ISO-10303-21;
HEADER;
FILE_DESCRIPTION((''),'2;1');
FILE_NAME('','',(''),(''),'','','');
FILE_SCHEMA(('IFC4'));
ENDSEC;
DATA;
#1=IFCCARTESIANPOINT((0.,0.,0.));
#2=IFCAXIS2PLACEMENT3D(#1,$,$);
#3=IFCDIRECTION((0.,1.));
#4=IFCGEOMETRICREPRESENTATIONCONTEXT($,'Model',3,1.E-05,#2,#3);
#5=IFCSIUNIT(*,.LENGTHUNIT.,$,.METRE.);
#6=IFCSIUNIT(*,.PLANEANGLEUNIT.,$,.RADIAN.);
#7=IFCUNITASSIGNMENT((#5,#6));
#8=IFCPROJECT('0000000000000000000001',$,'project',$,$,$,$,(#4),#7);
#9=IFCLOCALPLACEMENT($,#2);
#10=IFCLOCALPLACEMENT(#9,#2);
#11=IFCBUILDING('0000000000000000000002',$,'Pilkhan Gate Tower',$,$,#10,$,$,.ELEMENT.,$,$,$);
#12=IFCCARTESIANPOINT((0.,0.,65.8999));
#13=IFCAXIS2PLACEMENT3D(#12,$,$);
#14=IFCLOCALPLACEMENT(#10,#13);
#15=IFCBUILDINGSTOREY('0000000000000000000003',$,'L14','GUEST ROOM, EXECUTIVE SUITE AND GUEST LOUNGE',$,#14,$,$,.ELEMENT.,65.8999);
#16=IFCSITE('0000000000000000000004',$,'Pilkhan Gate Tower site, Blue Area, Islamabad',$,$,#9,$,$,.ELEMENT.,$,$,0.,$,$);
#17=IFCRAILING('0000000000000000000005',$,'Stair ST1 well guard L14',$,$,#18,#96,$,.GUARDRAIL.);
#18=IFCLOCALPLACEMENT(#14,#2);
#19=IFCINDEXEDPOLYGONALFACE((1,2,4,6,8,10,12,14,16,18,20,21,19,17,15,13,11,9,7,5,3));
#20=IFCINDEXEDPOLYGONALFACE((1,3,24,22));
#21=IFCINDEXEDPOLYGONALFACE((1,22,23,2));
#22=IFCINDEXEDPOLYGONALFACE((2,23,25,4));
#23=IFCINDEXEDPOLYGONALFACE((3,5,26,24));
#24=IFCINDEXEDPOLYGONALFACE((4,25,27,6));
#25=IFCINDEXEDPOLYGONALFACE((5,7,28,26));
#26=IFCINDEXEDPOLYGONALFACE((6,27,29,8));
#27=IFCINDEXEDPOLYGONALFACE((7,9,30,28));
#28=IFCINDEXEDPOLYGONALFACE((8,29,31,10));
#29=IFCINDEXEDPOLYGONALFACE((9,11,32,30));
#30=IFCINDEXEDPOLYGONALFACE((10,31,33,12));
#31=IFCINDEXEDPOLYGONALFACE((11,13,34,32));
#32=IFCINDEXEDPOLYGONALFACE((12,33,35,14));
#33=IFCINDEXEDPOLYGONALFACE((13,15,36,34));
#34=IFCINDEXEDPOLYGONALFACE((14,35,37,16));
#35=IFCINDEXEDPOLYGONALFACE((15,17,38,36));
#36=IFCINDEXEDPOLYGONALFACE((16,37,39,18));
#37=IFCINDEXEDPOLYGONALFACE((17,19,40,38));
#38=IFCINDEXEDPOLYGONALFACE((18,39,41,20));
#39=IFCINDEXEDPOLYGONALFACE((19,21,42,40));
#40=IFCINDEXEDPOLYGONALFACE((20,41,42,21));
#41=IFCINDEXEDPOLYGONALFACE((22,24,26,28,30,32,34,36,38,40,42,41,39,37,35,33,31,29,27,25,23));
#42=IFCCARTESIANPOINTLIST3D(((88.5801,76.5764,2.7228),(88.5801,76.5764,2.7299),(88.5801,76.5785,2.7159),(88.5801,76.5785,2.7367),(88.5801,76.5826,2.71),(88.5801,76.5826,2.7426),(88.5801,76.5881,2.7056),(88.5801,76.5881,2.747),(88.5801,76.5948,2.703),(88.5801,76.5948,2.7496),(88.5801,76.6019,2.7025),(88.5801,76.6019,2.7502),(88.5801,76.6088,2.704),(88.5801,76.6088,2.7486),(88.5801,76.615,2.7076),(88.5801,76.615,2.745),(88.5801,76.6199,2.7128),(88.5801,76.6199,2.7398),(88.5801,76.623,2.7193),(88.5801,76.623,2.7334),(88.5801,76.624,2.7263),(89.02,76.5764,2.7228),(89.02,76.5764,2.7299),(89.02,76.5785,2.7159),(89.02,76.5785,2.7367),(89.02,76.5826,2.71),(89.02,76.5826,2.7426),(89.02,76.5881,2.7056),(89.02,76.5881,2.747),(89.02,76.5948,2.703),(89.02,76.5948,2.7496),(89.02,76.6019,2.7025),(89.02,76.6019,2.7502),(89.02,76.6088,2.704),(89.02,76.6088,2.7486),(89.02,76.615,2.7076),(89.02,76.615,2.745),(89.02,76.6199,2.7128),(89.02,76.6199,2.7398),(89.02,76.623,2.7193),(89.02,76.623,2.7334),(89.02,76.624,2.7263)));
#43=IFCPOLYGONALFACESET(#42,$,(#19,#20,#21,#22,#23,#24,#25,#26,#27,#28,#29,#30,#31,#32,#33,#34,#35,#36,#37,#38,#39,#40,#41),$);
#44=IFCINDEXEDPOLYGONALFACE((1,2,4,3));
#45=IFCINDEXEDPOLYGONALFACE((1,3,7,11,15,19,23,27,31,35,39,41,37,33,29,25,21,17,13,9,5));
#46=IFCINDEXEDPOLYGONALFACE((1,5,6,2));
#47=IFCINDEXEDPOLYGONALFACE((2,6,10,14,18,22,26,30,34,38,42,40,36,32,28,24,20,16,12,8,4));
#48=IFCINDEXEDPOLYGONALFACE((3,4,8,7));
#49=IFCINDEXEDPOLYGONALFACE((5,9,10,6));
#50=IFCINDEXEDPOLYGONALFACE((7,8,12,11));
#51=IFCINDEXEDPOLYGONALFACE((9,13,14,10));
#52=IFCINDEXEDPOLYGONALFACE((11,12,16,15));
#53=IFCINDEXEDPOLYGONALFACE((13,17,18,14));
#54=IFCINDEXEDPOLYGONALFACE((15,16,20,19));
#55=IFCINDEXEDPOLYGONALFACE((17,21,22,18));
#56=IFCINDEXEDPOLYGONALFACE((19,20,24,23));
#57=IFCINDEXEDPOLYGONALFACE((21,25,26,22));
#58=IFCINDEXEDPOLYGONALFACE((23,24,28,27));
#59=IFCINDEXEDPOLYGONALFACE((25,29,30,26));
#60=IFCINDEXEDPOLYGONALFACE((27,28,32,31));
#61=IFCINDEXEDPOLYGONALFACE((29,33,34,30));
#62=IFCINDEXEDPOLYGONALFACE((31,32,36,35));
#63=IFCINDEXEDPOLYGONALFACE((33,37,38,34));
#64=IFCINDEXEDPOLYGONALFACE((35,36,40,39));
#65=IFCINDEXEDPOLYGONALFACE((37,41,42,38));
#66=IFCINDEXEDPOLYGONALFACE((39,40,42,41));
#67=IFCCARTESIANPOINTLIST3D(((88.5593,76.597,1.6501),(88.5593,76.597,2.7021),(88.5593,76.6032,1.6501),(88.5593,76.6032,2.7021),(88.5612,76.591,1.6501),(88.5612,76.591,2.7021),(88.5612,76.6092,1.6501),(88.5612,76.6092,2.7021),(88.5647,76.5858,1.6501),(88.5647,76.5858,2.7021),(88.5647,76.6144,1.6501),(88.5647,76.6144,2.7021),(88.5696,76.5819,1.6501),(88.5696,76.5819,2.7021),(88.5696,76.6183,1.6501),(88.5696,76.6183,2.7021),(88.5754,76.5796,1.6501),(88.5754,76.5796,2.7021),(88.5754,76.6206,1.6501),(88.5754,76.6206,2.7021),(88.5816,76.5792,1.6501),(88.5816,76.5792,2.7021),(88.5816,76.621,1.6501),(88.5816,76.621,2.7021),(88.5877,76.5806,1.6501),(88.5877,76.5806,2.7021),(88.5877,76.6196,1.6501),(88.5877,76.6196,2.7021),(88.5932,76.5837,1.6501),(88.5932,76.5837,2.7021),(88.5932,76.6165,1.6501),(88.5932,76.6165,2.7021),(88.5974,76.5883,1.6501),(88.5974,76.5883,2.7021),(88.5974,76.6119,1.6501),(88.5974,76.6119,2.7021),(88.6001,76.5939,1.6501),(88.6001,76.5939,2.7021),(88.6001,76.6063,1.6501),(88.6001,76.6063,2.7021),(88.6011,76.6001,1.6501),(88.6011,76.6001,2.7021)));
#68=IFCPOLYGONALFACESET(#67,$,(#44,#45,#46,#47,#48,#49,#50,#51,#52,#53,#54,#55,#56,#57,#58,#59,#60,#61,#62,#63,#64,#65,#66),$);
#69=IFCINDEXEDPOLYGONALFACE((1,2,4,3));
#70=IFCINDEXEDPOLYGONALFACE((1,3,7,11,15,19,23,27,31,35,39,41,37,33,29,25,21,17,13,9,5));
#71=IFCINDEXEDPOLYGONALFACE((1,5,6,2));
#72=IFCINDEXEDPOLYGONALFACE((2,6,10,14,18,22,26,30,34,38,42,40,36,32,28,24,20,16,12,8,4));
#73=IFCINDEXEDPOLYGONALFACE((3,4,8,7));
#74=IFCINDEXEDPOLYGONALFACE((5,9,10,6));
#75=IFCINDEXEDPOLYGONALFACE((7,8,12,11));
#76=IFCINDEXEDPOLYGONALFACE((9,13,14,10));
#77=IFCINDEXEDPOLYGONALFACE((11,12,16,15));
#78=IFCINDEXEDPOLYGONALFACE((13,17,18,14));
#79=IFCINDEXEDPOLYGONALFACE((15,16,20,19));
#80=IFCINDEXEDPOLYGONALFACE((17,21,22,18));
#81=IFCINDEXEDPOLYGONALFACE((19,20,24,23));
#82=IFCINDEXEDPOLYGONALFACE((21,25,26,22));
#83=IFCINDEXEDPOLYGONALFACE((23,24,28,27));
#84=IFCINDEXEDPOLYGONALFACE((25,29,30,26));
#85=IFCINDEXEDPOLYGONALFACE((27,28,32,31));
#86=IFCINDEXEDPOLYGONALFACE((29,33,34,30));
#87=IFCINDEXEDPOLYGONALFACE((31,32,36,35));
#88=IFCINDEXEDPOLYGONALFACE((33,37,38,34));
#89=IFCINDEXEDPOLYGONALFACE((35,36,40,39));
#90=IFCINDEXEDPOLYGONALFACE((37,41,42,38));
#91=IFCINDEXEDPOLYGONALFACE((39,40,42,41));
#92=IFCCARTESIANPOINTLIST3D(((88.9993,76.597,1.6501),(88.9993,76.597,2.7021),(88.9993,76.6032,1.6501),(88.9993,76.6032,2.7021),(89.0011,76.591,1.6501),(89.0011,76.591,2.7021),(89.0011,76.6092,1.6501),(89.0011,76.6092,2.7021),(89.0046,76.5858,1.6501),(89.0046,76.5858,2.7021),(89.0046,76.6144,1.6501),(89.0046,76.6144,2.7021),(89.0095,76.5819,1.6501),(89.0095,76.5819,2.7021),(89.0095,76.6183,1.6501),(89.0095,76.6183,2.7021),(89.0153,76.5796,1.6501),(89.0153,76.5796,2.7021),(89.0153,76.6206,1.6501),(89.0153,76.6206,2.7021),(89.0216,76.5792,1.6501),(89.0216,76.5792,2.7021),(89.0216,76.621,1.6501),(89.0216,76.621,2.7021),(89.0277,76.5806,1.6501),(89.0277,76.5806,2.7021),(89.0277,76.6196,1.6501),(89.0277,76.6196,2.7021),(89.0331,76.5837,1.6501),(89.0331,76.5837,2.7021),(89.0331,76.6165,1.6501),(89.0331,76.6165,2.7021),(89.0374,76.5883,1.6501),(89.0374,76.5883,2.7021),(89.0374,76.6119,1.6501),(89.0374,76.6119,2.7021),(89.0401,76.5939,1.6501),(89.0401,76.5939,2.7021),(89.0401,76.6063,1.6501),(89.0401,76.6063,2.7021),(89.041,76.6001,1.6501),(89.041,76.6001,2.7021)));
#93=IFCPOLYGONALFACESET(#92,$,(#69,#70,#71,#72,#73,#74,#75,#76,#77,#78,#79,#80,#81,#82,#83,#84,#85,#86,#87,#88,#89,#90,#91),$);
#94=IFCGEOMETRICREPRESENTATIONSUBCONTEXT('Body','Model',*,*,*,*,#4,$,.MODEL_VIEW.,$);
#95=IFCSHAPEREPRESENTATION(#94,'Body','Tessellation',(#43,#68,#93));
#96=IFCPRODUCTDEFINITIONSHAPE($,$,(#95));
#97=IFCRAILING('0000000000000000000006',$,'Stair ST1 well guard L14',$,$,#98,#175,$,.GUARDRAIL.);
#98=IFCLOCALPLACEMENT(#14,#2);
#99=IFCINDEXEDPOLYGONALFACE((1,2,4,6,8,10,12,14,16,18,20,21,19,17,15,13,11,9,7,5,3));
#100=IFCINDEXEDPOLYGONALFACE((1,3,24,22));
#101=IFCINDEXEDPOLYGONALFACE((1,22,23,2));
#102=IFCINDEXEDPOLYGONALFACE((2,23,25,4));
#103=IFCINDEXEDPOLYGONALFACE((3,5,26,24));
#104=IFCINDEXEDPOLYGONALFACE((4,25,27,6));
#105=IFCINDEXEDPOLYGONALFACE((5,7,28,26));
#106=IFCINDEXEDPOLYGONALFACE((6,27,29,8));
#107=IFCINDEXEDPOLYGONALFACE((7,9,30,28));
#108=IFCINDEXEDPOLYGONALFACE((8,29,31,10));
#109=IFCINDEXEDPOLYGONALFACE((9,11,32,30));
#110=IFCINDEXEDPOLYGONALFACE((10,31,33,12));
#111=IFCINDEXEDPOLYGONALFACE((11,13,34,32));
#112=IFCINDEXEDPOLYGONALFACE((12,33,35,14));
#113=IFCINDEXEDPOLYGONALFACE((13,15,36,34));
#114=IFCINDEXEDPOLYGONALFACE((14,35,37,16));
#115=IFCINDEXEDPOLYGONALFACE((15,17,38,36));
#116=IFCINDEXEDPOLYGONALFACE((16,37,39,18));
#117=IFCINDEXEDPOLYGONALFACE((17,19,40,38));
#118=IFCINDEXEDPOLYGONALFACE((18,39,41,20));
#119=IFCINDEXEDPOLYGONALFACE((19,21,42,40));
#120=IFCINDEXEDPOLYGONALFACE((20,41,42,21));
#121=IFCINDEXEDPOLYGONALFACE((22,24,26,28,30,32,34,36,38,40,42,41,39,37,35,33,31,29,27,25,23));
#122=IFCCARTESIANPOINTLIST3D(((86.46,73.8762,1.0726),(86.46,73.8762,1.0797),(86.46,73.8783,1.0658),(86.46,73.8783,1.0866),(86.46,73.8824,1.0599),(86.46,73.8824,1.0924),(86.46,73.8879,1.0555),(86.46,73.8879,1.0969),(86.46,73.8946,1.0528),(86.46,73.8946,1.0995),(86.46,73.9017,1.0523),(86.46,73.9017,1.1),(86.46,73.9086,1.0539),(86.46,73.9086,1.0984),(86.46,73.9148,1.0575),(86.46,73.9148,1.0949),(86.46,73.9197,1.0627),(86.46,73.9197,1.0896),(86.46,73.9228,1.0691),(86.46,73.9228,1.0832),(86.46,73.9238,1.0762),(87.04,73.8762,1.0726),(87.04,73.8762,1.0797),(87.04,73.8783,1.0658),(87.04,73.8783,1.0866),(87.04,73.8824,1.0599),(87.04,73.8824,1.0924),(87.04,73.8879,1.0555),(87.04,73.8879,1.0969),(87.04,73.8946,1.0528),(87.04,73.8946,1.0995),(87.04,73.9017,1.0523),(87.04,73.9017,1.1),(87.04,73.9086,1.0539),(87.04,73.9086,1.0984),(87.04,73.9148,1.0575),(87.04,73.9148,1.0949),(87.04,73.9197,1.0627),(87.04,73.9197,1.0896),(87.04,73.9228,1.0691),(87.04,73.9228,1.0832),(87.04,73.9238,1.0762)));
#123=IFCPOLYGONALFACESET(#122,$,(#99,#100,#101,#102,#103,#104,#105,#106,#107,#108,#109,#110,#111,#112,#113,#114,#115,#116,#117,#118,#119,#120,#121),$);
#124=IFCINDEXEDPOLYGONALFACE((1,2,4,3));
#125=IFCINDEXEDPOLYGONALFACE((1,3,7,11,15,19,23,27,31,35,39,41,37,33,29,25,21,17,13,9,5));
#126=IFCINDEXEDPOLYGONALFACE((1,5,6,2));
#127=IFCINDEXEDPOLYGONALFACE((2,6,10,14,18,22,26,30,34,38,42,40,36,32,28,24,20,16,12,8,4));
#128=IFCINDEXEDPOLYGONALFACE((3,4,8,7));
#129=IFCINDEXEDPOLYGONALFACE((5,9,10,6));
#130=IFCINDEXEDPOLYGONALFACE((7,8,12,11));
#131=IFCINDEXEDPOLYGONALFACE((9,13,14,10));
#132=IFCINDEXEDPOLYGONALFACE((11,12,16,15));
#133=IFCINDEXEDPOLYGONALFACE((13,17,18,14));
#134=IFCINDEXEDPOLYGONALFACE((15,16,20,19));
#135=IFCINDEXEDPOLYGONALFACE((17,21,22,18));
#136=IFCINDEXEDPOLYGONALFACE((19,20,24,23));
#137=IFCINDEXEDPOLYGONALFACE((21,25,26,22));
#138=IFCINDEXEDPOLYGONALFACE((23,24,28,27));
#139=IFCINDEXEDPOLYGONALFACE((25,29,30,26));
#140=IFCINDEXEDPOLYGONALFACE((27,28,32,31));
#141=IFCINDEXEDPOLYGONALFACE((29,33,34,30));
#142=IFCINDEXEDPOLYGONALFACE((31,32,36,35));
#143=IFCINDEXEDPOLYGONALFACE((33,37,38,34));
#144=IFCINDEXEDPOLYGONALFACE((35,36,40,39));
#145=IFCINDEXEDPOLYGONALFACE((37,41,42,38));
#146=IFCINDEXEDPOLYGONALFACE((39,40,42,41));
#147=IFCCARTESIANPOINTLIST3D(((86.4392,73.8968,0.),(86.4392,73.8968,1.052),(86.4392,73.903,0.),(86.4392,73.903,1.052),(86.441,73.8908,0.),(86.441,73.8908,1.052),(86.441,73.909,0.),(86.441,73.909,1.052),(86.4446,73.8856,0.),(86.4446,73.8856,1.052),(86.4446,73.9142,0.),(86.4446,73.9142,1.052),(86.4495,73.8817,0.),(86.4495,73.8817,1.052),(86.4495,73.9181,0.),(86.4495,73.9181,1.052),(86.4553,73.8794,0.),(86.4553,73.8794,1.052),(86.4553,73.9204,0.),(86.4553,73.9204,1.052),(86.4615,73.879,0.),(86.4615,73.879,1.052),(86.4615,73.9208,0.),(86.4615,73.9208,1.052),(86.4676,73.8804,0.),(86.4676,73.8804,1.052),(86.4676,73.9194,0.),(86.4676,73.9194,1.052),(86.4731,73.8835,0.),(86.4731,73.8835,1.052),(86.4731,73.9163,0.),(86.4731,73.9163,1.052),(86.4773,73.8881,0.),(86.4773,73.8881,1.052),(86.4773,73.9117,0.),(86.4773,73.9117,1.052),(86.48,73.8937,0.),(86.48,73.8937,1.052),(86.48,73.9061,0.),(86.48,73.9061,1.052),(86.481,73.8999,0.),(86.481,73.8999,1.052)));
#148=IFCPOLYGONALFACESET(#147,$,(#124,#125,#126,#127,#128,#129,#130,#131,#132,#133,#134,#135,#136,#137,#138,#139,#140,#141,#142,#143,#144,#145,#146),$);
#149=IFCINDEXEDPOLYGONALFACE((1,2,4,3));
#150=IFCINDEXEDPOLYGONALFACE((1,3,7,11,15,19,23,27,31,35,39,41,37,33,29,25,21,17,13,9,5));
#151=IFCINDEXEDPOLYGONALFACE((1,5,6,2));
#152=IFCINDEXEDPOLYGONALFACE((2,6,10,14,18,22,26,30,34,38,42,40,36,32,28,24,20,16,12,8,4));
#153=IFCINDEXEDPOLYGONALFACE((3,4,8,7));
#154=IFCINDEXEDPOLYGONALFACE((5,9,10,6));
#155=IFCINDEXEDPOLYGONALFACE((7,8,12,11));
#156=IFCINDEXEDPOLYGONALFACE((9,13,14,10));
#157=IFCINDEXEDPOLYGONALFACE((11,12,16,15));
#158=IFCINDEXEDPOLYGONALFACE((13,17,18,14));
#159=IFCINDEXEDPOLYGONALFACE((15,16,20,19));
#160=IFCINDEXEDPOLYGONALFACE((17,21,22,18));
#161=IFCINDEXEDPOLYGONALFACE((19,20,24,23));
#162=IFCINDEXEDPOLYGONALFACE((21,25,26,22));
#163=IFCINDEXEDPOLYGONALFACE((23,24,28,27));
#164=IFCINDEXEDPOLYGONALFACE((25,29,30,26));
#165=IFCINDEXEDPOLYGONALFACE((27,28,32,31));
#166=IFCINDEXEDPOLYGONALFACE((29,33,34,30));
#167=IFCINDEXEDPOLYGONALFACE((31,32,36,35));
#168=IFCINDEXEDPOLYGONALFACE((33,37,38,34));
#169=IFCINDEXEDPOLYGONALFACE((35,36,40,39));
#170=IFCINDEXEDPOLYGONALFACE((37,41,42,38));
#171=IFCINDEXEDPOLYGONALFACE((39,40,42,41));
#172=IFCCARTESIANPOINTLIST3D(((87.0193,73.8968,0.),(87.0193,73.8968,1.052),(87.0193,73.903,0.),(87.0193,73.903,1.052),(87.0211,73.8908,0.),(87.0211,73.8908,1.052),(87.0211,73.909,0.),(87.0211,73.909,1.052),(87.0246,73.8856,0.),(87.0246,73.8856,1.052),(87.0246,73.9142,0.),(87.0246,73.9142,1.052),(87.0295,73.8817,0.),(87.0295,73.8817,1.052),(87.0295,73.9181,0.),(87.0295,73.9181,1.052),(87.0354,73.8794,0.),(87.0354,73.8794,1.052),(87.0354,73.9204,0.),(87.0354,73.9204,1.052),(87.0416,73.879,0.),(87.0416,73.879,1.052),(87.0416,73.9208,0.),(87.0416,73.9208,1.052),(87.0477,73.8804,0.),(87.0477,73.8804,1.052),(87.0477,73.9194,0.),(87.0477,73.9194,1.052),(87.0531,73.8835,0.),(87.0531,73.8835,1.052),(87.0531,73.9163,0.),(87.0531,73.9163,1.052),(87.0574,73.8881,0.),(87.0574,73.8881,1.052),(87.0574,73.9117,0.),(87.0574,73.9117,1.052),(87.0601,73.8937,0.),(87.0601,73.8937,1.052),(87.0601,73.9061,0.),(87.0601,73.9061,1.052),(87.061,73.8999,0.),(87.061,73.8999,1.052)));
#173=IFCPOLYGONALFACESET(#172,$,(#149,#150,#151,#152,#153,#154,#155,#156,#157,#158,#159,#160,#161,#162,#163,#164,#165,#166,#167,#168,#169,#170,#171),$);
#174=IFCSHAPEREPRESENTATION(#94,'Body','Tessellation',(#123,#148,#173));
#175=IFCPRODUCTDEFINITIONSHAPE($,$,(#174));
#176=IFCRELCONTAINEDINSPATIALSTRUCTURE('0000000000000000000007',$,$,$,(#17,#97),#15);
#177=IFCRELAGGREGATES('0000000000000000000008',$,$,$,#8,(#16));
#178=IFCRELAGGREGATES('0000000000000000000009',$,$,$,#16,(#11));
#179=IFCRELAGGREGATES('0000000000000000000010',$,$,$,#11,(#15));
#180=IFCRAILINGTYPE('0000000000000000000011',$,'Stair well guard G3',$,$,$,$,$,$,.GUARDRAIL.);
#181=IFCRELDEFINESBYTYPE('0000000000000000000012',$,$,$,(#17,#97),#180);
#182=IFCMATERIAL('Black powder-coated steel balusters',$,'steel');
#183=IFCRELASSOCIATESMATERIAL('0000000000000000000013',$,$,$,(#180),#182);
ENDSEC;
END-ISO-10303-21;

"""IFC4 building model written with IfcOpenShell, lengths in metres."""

from ifc_helpers import new_model, si_unit, direction, frame, origin, origin_2d, place, context, subcontext, project, spatial, circle, extrude, material, type_object, element, save


model = new_model("IFC4")

# Units and contexts
model_context = context("Model", 3, precision=1e-05, world=origin(), true_north=direction((0.0, 1.0)))
body_context = subcontext(model_context, "Body", "Model", "MODEL_VIEW")
ifc_project = project(units=[si_unit("LENGTHUNIT", "METRE"), si_unit("PLANEANGLEUNIT", "RADIAN")], contexts=[model_context])

# Site, building, storey
site_placement = place(None, origin())
site = spatial("IfcSite", under=ifc_project, at=site_placement, Name="Pilkhan Gate Tower site, Blue Area, Islamabad", CompositionType="ELEMENT", RefElevation=0.0)
building_placement = place(site_placement, origin())
building = spatial("IfcBuilding", under=site, at=building_placement, Name="Pilkhan Gate Tower", CompositionType="ELEMENT")
storey_placement = place(building_placement, frame((0.0, 0.0, 65.8999)))
storey = spatial("IfcBuildingStorey", under=building, at=storey_placement, Name="L14", Description="GUEST ROOM, EXECUTIVE SUITE AND GUEST LOUNGE", CompositionType="ELEMENT", Elevation=65.8999)

# Railings
ifc_material_1 = material(Name="Black powder-coated steel balusters", Category="steel")
railing_type_1 = type_object("IfcRailingType", Name="Stair well guard G3", PredefinedType="GUARDRAIL", material=ifc_material_1)
railing_1_placement = place(storey_placement, frame((88.5801, 76.6001, 1.6501)))
element("IfcRailing", 1, at=railing_1_placement, inside=storey, type_object=railing_type_1, Name="Stair ST1 well guard L14", PredefinedType="GUARDRAIL", context=body_context, shape_type="SweptSolid", body=[
    extrude(circle(Radius=0.0239, at=origin_2d()), frame((0.0, 0.0, 1.0762), z_axis=(1.0, 0.0, 0.0), x_axis=(0.0, 1.0, 0.0)), (0.0, 0.0, 1.0), 0.4399),
    extrude(circle(Radius=0.021, at=origin_2d()), origin(), (0.0, 0.0, 1.0), 1.052),
    extrude(circle(Radius=0.021, at=origin_2d()), frame((0.4399, 0.0, 0.0)), (0.0, 0.0, 1.0), 1.052),
])
for number, where, name in (
    (2, (86.46, 73.8999, 0.0), "Stair ST1 well guard L14"),
):
    element("IfcRailing", number, at=place(storey_placement, frame(where)), inside=storey, type_object=railing_type_1, Name=name, PredefinedType="GUARDRAIL", context=body_context, shape_type="SweptSolid", body=[
        extrude(circle(Radius=0.0239, at=origin_2d()), frame((0.0, 0.0, 1.0762), z_axis=(1.0, 0.0, 0.0), x_axis=(0.0, 1.0, 0.0)), (0.0, 0.0, 1.0), 0.5801),
        extrude(circle(Radius=0.021, at=origin_2d()), origin(), (0.0, 0.0, 1.0), 1.052),
        extrude(circle(Radius=0.021, at=origin_2d()), frame((0.5801, 0.0, 0.0)), (0.0, 0.0, 1.0), 1.052),
    ])

save(model, "model.ifc")
